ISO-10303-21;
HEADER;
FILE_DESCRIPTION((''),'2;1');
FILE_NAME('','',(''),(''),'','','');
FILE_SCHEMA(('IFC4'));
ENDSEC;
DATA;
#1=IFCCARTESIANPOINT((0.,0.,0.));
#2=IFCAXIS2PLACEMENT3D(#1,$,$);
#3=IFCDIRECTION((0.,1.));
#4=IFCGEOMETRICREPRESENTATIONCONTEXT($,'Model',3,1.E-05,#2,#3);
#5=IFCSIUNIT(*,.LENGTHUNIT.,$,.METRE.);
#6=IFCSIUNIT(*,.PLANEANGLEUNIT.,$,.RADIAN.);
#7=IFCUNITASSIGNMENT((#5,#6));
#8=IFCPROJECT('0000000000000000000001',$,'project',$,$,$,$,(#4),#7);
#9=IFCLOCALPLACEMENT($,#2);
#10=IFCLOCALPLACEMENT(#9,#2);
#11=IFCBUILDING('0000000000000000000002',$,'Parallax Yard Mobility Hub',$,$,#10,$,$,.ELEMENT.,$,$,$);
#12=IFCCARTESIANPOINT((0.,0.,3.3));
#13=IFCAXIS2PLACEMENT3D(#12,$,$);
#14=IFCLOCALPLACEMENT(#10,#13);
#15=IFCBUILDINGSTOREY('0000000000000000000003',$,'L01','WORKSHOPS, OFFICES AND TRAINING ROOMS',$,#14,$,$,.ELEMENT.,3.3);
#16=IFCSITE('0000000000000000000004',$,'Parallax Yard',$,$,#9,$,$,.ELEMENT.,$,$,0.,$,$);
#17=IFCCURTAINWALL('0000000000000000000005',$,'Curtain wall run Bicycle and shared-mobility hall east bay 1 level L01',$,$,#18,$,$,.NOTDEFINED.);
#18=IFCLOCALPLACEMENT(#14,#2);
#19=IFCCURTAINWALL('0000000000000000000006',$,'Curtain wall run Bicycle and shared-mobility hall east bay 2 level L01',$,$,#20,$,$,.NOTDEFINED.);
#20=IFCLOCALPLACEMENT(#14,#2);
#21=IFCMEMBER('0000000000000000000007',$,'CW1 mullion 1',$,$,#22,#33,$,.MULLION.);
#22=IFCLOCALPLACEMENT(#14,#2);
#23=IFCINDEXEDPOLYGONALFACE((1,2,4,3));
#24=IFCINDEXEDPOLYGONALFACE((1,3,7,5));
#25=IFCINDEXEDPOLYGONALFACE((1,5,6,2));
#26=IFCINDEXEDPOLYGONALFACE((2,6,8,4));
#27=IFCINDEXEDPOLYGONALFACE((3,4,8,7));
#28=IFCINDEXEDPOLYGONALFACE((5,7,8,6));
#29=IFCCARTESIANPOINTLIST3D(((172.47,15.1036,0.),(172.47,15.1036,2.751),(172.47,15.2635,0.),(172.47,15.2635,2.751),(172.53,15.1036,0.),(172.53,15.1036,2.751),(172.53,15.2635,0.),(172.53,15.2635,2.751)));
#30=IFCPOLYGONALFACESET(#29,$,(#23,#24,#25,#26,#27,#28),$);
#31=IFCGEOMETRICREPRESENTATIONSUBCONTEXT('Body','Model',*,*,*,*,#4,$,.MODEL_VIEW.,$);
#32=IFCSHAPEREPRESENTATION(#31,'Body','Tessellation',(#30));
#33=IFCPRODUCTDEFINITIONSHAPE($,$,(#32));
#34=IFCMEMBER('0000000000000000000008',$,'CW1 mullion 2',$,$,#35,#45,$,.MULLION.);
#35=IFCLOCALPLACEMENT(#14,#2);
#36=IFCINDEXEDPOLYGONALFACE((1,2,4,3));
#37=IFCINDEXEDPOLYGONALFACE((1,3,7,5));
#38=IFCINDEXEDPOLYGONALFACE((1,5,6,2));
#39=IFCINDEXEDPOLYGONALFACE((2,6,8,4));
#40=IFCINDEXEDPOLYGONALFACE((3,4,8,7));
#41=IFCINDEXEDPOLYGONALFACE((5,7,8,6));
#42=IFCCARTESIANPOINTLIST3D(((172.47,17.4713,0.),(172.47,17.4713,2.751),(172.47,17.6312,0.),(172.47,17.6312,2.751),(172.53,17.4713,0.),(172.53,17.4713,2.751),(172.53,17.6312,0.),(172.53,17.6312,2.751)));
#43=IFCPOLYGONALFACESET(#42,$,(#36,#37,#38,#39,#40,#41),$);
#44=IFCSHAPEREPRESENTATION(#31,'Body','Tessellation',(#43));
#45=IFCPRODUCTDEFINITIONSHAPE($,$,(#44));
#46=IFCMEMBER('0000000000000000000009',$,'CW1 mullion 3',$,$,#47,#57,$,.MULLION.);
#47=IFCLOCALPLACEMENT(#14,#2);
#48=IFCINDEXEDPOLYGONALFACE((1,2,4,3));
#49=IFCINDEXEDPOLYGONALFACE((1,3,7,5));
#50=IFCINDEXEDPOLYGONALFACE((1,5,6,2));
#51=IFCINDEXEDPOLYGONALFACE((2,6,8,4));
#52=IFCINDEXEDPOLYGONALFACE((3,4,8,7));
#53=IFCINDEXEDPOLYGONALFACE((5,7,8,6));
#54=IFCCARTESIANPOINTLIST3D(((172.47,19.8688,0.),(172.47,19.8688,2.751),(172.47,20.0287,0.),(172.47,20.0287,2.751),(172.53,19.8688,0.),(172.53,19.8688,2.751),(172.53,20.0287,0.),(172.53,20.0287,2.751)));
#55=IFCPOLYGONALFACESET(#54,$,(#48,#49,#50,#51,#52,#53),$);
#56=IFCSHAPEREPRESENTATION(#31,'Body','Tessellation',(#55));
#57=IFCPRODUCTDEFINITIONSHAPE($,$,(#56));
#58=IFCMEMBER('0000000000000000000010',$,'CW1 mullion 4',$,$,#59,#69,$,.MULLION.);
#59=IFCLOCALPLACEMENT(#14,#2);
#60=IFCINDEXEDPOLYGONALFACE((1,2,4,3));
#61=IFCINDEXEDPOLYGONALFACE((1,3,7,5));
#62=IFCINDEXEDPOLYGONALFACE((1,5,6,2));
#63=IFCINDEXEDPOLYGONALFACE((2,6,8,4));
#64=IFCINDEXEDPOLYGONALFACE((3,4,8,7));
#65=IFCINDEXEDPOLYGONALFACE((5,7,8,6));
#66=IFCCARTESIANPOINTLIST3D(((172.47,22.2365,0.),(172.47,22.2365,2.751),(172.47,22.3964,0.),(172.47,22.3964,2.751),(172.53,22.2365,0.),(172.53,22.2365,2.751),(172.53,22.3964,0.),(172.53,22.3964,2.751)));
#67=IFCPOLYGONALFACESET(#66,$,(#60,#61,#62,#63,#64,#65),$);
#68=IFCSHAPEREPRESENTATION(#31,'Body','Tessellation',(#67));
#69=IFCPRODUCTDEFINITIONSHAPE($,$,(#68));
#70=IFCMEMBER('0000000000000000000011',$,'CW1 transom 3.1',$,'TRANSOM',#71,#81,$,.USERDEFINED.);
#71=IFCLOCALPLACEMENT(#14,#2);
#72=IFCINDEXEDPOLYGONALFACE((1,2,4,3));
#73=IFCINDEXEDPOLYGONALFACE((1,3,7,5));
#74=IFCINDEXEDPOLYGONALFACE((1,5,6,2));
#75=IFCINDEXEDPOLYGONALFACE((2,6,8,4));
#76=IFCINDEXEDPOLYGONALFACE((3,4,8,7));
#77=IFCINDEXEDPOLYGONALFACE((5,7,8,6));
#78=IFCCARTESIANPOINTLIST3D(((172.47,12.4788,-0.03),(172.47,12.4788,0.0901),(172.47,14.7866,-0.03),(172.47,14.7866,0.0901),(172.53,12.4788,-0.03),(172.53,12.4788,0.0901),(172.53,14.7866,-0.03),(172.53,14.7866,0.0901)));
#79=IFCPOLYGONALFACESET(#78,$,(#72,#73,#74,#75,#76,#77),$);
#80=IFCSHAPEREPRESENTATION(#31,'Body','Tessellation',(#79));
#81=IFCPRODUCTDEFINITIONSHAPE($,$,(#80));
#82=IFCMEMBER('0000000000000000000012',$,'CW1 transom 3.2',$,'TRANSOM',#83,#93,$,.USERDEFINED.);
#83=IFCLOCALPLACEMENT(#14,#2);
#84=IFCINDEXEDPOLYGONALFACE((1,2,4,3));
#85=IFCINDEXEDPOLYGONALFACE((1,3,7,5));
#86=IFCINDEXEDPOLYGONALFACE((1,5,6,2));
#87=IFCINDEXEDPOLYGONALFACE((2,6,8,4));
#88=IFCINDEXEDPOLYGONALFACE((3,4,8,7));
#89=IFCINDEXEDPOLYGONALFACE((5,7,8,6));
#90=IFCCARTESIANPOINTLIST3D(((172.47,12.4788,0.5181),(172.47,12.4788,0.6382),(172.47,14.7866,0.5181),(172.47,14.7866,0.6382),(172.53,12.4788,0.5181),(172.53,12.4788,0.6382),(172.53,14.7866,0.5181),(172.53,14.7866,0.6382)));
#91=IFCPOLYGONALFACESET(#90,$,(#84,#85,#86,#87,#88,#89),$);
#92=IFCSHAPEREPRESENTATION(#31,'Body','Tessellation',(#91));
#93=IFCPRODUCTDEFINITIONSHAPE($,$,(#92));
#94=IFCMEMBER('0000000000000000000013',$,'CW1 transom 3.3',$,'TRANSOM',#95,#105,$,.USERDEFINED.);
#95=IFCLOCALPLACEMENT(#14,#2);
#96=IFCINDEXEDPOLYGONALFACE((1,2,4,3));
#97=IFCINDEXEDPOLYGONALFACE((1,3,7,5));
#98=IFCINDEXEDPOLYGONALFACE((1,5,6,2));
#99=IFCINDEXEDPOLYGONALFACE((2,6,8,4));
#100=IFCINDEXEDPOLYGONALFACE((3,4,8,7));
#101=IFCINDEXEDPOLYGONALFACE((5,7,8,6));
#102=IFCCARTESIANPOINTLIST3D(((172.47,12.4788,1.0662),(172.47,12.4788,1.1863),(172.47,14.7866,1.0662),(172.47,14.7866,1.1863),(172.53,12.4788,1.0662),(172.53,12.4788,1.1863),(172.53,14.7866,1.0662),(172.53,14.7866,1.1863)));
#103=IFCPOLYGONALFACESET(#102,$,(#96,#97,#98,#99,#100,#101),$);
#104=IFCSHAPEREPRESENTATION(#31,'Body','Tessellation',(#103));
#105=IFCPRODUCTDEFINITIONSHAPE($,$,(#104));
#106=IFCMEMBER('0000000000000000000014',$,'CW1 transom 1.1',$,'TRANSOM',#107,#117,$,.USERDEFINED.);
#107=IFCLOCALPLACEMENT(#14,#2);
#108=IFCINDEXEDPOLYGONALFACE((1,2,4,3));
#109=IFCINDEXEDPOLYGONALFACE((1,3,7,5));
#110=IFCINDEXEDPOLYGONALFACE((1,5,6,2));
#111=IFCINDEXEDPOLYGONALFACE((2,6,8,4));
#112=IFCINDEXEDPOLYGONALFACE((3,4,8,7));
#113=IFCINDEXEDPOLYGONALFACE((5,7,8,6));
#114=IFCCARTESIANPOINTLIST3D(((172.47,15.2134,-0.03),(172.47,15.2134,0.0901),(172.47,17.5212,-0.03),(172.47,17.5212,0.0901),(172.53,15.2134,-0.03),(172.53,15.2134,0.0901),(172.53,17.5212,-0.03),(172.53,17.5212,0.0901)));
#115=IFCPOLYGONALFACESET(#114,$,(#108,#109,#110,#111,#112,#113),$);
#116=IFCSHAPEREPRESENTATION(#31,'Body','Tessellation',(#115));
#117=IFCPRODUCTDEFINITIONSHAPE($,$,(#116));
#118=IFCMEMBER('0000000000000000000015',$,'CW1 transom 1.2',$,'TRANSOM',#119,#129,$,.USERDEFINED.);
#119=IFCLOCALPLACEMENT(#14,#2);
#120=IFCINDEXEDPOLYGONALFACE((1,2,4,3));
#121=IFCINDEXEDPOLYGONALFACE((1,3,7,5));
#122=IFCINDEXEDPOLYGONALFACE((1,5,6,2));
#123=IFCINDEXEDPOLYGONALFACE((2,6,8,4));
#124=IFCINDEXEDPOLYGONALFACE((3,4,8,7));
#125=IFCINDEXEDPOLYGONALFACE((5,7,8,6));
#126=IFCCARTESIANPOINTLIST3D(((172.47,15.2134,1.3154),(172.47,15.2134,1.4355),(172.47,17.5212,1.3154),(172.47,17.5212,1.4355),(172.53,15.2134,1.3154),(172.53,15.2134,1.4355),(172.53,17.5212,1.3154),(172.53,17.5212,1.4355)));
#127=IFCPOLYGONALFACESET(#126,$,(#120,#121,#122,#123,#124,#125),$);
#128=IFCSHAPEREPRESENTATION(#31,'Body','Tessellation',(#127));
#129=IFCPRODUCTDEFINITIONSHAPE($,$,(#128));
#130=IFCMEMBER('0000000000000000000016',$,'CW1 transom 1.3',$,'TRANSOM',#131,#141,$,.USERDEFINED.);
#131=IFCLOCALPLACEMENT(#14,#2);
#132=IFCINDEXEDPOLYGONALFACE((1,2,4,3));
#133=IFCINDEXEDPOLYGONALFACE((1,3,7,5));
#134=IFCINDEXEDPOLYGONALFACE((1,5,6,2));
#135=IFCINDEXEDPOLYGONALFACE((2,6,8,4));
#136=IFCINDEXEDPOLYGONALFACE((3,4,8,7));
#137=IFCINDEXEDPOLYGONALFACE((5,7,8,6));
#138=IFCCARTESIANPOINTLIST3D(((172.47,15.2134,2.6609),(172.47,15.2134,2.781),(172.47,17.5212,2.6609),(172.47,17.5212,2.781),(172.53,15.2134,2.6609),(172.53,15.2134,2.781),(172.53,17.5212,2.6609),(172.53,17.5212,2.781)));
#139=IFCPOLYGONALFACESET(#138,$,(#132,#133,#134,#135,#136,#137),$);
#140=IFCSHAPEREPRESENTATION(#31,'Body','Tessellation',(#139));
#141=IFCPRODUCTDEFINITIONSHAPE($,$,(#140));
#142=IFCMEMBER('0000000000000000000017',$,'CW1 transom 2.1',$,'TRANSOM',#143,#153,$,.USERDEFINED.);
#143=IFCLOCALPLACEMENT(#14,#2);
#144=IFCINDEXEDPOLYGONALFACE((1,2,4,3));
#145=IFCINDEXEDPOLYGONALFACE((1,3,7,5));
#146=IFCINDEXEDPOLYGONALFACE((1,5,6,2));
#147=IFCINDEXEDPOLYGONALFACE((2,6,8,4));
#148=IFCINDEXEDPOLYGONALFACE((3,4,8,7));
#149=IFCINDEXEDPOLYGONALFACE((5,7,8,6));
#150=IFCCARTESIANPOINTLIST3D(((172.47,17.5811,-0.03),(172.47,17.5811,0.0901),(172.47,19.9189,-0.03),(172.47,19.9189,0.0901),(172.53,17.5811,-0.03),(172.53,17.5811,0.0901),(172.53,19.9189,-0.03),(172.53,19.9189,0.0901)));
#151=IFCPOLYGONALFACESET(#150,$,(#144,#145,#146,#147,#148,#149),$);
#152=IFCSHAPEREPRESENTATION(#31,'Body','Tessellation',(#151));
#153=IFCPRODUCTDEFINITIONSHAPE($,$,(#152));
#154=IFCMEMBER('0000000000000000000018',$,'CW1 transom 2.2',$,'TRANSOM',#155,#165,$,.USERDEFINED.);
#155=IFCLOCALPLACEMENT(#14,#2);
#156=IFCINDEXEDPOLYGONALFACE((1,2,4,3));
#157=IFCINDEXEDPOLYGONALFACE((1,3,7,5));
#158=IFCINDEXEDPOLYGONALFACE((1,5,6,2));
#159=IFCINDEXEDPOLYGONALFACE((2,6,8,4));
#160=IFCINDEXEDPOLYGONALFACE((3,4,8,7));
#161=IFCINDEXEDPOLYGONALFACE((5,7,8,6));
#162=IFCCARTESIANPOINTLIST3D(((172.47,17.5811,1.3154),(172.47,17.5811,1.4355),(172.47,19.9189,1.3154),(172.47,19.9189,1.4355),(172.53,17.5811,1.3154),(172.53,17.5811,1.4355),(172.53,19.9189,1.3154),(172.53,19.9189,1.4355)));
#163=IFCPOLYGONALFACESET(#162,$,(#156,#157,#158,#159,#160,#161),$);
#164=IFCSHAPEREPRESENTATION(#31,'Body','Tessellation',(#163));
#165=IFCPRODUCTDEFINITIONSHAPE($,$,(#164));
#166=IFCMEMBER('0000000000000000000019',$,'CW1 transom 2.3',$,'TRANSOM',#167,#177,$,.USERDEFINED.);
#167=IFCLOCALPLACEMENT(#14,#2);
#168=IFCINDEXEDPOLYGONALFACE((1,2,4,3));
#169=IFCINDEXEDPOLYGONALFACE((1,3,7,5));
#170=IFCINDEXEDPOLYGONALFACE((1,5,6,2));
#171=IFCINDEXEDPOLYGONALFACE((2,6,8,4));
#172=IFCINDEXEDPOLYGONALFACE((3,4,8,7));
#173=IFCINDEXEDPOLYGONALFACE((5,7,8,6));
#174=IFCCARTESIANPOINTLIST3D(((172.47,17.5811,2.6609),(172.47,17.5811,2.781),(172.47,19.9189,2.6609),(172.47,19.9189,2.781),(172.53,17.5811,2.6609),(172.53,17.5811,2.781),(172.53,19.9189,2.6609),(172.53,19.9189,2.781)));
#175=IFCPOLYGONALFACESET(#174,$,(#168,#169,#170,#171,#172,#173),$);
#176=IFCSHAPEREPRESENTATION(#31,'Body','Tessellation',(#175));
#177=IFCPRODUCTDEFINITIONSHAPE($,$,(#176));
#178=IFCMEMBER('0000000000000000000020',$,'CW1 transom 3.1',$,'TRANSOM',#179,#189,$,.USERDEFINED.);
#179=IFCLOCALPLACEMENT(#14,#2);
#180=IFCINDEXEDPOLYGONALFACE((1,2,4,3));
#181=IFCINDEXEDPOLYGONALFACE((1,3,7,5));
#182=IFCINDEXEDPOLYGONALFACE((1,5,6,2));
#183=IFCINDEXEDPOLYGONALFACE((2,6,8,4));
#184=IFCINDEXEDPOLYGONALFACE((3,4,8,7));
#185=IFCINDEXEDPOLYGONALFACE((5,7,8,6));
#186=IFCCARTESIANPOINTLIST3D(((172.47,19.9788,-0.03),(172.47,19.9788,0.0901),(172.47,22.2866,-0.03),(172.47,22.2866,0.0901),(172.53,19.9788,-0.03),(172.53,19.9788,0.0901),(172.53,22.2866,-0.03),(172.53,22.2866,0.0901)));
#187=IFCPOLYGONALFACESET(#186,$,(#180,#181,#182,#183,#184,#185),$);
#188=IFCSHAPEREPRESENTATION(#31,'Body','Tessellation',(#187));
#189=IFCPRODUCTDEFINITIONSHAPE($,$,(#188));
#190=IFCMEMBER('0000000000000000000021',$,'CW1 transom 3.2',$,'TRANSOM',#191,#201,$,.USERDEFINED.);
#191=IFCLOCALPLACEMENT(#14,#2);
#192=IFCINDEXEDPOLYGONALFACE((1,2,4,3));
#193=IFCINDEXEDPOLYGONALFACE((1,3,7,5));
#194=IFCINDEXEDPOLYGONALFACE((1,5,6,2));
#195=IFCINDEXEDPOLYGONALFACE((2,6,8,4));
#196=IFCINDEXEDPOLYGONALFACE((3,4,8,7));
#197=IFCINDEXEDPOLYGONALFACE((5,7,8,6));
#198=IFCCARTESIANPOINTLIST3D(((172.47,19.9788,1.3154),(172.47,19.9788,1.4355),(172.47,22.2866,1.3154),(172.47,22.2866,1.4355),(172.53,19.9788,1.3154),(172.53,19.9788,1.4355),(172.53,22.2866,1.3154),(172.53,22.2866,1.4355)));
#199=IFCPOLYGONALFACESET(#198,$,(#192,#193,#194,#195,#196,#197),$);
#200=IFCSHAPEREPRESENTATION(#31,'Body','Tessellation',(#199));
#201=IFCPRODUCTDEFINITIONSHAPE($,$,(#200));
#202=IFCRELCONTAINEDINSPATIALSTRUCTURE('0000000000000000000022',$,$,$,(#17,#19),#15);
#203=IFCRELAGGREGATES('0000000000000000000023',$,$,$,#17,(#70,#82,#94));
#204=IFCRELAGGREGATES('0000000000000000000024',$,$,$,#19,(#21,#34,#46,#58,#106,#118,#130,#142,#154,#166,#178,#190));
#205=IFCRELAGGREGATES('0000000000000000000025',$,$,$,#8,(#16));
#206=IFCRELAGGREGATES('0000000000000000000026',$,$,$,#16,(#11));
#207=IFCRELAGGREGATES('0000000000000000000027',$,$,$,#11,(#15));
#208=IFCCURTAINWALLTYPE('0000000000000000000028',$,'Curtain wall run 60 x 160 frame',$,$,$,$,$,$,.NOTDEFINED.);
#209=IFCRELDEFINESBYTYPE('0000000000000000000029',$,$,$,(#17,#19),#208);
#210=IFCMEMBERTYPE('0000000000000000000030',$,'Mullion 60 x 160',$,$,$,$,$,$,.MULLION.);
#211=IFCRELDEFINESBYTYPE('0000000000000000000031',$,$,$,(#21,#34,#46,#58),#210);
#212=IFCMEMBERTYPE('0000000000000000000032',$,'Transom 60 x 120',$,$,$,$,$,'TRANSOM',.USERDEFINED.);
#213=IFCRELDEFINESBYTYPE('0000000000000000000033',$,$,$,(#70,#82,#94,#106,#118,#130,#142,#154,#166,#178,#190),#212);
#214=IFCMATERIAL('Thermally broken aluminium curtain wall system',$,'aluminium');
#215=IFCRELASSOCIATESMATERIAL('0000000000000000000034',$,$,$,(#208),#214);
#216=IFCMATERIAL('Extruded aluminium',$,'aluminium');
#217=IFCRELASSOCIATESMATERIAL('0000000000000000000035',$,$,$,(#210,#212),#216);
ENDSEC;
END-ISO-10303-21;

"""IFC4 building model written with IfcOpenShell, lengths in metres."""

from ifc_helpers import new_model, si_unit, direction, frame, origin, origin_2d, place, context, subcontext, project, spatial, rectangle, extrude, material, material_profile, profile_set, type_object, element, aggregate, save


model = new_model("IFC4")

# Units and contexts
model_context = context("Model", 3, precision=1e-05, world=origin(), true_north=direction((0.0, 1.0)))
body_context = subcontext(model_context, "Body", "Model", "MODEL_VIEW")
ifc_project = project(units=[si_unit("LENGTHUNIT", "METRE"), si_unit("PLANEANGLEUNIT", "RADIAN")], contexts=[model_context])

# Site, building, storey
site_placement = place(None, origin())
site = spatial("IfcSite", under=ifc_project, at=site_placement, Name="Parallax Yard", CompositionType="ELEMENT", RefElevation=0.0)
building_placement = place(site_placement, origin())
building = spatial("IfcBuilding", under=site, at=building_placement, Name="Parallax Yard Mobility Hub", CompositionType="ELEMENT")
storey_placement = place(building_placement, frame((0.0, 0.0, 3.3)))
storey = spatial("IfcBuildingStorey", under=building, at=storey_placement, Name="L01", Description="WORKSHOPS, OFFICES AND TRAINING ROOMS", CompositionType="ELEMENT", Elevation=3.3)

# Curtain wall
ifc_material_1 = material(Name="Thermally broken aluminium curtain wall system", Category="aluminium")
curtain_wall_type = type_object("IfcCurtainWallType", Name="Curtain wall run 60 x 160 frame", PredefinedType="NOTDEFINED", material=ifc_material_1)
curtain_wall_1_placement = place(storey_placement, origin())
curtain_wall_1 = element("IfcCurtainWall", 1, at=curtain_wall_1_placement, inside=storey, type_object=curtain_wall_type, Name="Curtain wall run Bicycle and shared-mobility hall east bay 1 level L01", PredefinedType="NOTDEFINED")
ifc_material_2 = material(Name="Extruded aluminium", Category="aluminium")
ifc_material_profile_1 = material_profile(ifc_material_2, rectangle(XDim=0.0601, YDim=0.1599, at=origin_2d()), Name="Mullion 60 x 160")
ifc_profile_set_1 = profile_set([ifc_material_profile_1], Name="Extruded aluminium")
member_type_1 = type_object("IfcMemberType", Name="Mullion 60 x 160", PredefinedType="MULLION", material=ifc_profile_set_1)

# Curtain wall, members
curtain_wall_2_placement = place(storey_placement, origin())
curtain_wall_2 = element("IfcCurtainWall", 2, at=curtain_wall_2_placement, inside=storey, type_object=curtain_wall_type, Name="Curtain wall run Bicycle and shared-mobility hall east bay 2 level L01", PredefinedType="NOTDEFINED")
member_1_placement = place(storey_placement, frame((172.5, 15.1836, 0.0), z_axis=(0.0, 0.0, 1.0), x_axis=(-1.0, 0.0, 0.0)))
member_1 = element("IfcMember", 3, at=member_1_placement, type_object=member_type_1, Name="CW1 mullion 1", PredefinedType="MULLION", context=body_context, shape_type="SweptSolid", body=[
    extrude(rectangle(XDim=0.0601, YDim=0.1599, at=origin_2d()), origin(), (0.0, 0.0, 1.0), 2.751),
])
member_2_placement = place(storey_placement, frame((172.5, 17.5513, 0.0), z_axis=(0.0, 0.0, 1.0), x_axis=(-1.0, 0.0, 0.0)))
member_2 = element("IfcMember", 4, at=member_2_placement, type_object=member_type_1, Name="CW1 mullion 2", PredefinedType="MULLION", context=body_context, shape_type="SweptSolid", body=[
    extrude(rectangle(XDim=0.0601, YDim=0.1599, at=origin_2d()), origin(), (0.0, 0.0, 1.0), 2.751),
])
member_3_placement = place(storey_placement, frame((172.5, 19.9487, 0.0), z_axis=(0.0, 0.0, 1.0), x_axis=(-1.0, 0.0, 0.0)))
member_3 = element("IfcMember", 5, at=member_3_placement, type_object=member_type_1, Name="CW1 mullion 3", PredefinedType="MULLION", context=body_context, shape_type="SweptSolid", body=[
    extrude(rectangle(XDim=0.0601, YDim=0.1599, at=origin_2d()), origin(), (0.0, 0.0, 1.0), 2.751),
])
member_4_placement = place(storey_placement, frame((172.5, 22.3164, 0.0), z_axis=(0.0, 0.0, 1.0), x_axis=(-1.0, 0.0, 0.0)))
member_4 = element("IfcMember", 6, at=member_4_placement, type_object=member_type_1, Name="CW1 mullion 4", PredefinedType="MULLION", context=body_context, shape_type="SweptSolid", body=[
    extrude(rectangle(XDim=0.0601, YDim=0.1599, at=origin_2d()), origin(), (0.0, 0.0, 1.0), 2.751),
])

# Members
ifc_material_profile_2 = material_profile(ifc_material_2, rectangle(XDim=0.0601, YDim=0.1201, at=origin_2d()), Name="Transom 60 x 120")
ifc_profile_set_2 = profile_set([ifc_material_profile_2], Name="Extruded aluminium")
member_type_2 = type_object("IfcMemberType", Name="Transom 60 x 120", ElementType="TRANSOM", PredefinedType="USERDEFINED", material=ifc_profile_set_2)
member_5_placement = place(storey_placement, frame((172.5, 12.4788, 0.03), z_axis=(0.0, 1.0, 0.0), x_axis=(-1.0, 0.0, 0.0)))
member_5 = element("IfcMember", 7, at=member_5_placement, type_object=member_type_2, Name="CW1 transom 3.1", ObjectType="TRANSOM", PredefinedType="USERDEFINED", context=body_context, shape_type="SweptSolid", body=[
    extrude(rectangle(XDim=0.0601, YDim=0.1201, at=origin_2d()), origin(), (0.0, 0.0, 1.0), 2.3079),
])
member_6_placement = place(storey_placement, frame((172.5, 12.4788, 0.5781), z_axis=(0.0, 1.0, 0.0), x_axis=(-1.0, 0.0, 0.0)))
member_6 = element("IfcMember", 8, at=member_6_placement, type_object=member_type_2, Name="CW1 transom 3.2", ObjectType="TRANSOM", PredefinedType="USERDEFINED", context=body_context, shape_type="SweptSolid", body=[
    extrude(rectangle(XDim=0.0601, YDim=0.1201, at=origin_2d()), origin(), (0.0, 0.0, 1.0), 2.3079),
])
member_7_placement = place(storey_placement, frame((172.5, 12.4788, 1.1262), z_axis=(0.0, 1.0, 0.0), x_axis=(-1.0, 0.0, 0.0)))
member_7 = element("IfcMember", 9, at=member_7_placement, type_object=member_type_2, Name="CW1 transom 3.3", ObjectType="TRANSOM", PredefinedType="USERDEFINED", context=body_context, shape_type="SweptSolid", body=[
    extrude(rectangle(XDim=0.0601, YDim=0.1201, at=origin_2d()), origin(), (0.0, 0.0, 1.0), 2.3079),
])
member_8_placement = place(storey_placement, frame((172.5, 15.2134, 0.03), z_axis=(0.0, 1.0, 0.0), x_axis=(-1.0, 0.0, 0.0)))
member_8 = element("IfcMember", 10, at=member_8_placement, type_object=member_type_2, Name="CW1 transom 1.1", ObjectType="TRANSOM", PredefinedType="USERDEFINED", context=body_context, shape_type="SweptSolid", body=[
    extrude(rectangle(XDim=0.0601, YDim=0.1201, at=origin_2d()), origin(), (0.0, 0.0, 1.0), 2.3079),
])
member_9_placement = place(storey_placement, frame((172.5, 15.2134, 1.3755), z_axis=(0.0, 1.0, 0.0), x_axis=(-1.0, 0.0, 0.0)))
member_9 = element("IfcMember", 11, at=member_9_placement, type_object=member_type_2, Name="CW1 transom 1.2", ObjectType="TRANSOM", PredefinedType="USERDEFINED", context=body_context, shape_type="SweptSolid", body=[
    extrude(rectangle(XDim=0.0601, YDim=0.1201, at=origin_2d()), origin(), (0.0, 0.0, 1.0), 2.3079),
])
member_10_placement = place(storey_placement, frame((172.5, 15.2134, 2.7209), z_axis=(0.0, 1.0, 0.0), x_axis=(-1.0, 0.0, 0.0)))
member_10 = element("IfcMember", 12, at=member_10_placement, type_object=member_type_2, Name="CW1 transom 1.3", ObjectType="TRANSOM", PredefinedType="USERDEFINED", context=body_context, shape_type="SweptSolid", body=[
    extrude(rectangle(XDim=0.0601, YDim=0.1201, at=origin_2d()), origin(), (0.0, 0.0, 1.0), 2.3079),
])
member_11_placement = place(storey_placement, frame((172.5, 17.5811, 0.03), z_axis=(0.0, 1.0, 0.0), x_axis=(-1.0, 0.0, 0.0)))
member_11 = element("IfcMember", 13, at=member_11_placement, type_object=member_type_2, Name="CW1 transom 2.1", ObjectType="TRANSOM", PredefinedType="USERDEFINED", context=body_context, shape_type="SweptSolid", body=[
    extrude(rectangle(XDim=0.0601, YDim=0.1201, at=origin_2d()), origin(), (0.0, 0.0, 1.0), 2.3379),
])
member_12_placement = place(storey_placement, frame((172.5, 17.5811, 1.3755), z_axis=(0.0, 1.0, 0.0), x_axis=(-1.0, 0.0, 0.0)))
member_12 = element("IfcMember", 14, at=member_12_placement, type_object=member_type_2, Name="CW1 transom 2.2", ObjectType="TRANSOM", PredefinedType="USERDEFINED", context=body_context, shape_type="SweptSolid", body=[
    extrude(rectangle(XDim=0.0601, YDim=0.1201, at=origin_2d()), origin(), (0.0, 0.0, 1.0), 2.3379),
])
member_13_placement = place(storey_placement, frame((172.5, 17.5811, 2.7209), z_axis=(0.0, 1.0, 0.0), x_axis=(-1.0, 0.0, 0.0)))
member_13 = element("IfcMember", 15, at=member_13_placement, type_object=member_type_2, Name="CW1 transom 2.3", ObjectType="TRANSOM", PredefinedType="USERDEFINED", context=body_context, shape_type="SweptSolid", body=[
    extrude(rectangle(XDim=0.0601, YDim=0.1201, at=origin_2d()), origin(), (0.0, 0.0, 1.0), 2.3379),
])
member_14_placement = place(storey_placement, frame((172.5, 19.9788, 0.03), z_axis=(0.0, 1.0, 0.0), x_axis=(-1.0, 0.0, 0.0)))
member_14 = element("IfcMember", 16, at=member_14_placement, type_object=member_type_2, Name="CW1 transom 3.1", ObjectType="TRANSOM", PredefinedType="USERDEFINED", context=body_context, shape_type="SweptSolid", body=[
    extrude(rectangle(XDim=0.0601, YDim=0.1201, at=origin_2d()), origin(), (0.0, 0.0, 1.0), 2.3079),
])
member_15_placement = place(storey_placement, frame((172.5, 19.9788, 1.3755), z_axis=(0.0, 1.0, 0.0), x_axis=(-1.0, 0.0, 0.0)))
member_15 = element("IfcMember", 17, at=member_15_placement, type_object=member_type_2, Name="CW1 transom 3.2", ObjectType="TRANSOM", PredefinedType="USERDEFINED", context=body_context, shape_type="SweptSolid", body=[
    extrude(rectangle(XDim=0.0601, YDim=0.1201, at=origin_2d()), origin(), (0.0, 0.0, 1.0), 2.3079),
])

aggregate(curtain_wall_1, [member_5, member_6, member_7])
aggregate(curtain_wall_2, [member_1, member_2, member_3, member_4, member_8, member_9, member_10, member_11, member_12, member_13, member_14, member_15])

save(model, "model.ifc")
